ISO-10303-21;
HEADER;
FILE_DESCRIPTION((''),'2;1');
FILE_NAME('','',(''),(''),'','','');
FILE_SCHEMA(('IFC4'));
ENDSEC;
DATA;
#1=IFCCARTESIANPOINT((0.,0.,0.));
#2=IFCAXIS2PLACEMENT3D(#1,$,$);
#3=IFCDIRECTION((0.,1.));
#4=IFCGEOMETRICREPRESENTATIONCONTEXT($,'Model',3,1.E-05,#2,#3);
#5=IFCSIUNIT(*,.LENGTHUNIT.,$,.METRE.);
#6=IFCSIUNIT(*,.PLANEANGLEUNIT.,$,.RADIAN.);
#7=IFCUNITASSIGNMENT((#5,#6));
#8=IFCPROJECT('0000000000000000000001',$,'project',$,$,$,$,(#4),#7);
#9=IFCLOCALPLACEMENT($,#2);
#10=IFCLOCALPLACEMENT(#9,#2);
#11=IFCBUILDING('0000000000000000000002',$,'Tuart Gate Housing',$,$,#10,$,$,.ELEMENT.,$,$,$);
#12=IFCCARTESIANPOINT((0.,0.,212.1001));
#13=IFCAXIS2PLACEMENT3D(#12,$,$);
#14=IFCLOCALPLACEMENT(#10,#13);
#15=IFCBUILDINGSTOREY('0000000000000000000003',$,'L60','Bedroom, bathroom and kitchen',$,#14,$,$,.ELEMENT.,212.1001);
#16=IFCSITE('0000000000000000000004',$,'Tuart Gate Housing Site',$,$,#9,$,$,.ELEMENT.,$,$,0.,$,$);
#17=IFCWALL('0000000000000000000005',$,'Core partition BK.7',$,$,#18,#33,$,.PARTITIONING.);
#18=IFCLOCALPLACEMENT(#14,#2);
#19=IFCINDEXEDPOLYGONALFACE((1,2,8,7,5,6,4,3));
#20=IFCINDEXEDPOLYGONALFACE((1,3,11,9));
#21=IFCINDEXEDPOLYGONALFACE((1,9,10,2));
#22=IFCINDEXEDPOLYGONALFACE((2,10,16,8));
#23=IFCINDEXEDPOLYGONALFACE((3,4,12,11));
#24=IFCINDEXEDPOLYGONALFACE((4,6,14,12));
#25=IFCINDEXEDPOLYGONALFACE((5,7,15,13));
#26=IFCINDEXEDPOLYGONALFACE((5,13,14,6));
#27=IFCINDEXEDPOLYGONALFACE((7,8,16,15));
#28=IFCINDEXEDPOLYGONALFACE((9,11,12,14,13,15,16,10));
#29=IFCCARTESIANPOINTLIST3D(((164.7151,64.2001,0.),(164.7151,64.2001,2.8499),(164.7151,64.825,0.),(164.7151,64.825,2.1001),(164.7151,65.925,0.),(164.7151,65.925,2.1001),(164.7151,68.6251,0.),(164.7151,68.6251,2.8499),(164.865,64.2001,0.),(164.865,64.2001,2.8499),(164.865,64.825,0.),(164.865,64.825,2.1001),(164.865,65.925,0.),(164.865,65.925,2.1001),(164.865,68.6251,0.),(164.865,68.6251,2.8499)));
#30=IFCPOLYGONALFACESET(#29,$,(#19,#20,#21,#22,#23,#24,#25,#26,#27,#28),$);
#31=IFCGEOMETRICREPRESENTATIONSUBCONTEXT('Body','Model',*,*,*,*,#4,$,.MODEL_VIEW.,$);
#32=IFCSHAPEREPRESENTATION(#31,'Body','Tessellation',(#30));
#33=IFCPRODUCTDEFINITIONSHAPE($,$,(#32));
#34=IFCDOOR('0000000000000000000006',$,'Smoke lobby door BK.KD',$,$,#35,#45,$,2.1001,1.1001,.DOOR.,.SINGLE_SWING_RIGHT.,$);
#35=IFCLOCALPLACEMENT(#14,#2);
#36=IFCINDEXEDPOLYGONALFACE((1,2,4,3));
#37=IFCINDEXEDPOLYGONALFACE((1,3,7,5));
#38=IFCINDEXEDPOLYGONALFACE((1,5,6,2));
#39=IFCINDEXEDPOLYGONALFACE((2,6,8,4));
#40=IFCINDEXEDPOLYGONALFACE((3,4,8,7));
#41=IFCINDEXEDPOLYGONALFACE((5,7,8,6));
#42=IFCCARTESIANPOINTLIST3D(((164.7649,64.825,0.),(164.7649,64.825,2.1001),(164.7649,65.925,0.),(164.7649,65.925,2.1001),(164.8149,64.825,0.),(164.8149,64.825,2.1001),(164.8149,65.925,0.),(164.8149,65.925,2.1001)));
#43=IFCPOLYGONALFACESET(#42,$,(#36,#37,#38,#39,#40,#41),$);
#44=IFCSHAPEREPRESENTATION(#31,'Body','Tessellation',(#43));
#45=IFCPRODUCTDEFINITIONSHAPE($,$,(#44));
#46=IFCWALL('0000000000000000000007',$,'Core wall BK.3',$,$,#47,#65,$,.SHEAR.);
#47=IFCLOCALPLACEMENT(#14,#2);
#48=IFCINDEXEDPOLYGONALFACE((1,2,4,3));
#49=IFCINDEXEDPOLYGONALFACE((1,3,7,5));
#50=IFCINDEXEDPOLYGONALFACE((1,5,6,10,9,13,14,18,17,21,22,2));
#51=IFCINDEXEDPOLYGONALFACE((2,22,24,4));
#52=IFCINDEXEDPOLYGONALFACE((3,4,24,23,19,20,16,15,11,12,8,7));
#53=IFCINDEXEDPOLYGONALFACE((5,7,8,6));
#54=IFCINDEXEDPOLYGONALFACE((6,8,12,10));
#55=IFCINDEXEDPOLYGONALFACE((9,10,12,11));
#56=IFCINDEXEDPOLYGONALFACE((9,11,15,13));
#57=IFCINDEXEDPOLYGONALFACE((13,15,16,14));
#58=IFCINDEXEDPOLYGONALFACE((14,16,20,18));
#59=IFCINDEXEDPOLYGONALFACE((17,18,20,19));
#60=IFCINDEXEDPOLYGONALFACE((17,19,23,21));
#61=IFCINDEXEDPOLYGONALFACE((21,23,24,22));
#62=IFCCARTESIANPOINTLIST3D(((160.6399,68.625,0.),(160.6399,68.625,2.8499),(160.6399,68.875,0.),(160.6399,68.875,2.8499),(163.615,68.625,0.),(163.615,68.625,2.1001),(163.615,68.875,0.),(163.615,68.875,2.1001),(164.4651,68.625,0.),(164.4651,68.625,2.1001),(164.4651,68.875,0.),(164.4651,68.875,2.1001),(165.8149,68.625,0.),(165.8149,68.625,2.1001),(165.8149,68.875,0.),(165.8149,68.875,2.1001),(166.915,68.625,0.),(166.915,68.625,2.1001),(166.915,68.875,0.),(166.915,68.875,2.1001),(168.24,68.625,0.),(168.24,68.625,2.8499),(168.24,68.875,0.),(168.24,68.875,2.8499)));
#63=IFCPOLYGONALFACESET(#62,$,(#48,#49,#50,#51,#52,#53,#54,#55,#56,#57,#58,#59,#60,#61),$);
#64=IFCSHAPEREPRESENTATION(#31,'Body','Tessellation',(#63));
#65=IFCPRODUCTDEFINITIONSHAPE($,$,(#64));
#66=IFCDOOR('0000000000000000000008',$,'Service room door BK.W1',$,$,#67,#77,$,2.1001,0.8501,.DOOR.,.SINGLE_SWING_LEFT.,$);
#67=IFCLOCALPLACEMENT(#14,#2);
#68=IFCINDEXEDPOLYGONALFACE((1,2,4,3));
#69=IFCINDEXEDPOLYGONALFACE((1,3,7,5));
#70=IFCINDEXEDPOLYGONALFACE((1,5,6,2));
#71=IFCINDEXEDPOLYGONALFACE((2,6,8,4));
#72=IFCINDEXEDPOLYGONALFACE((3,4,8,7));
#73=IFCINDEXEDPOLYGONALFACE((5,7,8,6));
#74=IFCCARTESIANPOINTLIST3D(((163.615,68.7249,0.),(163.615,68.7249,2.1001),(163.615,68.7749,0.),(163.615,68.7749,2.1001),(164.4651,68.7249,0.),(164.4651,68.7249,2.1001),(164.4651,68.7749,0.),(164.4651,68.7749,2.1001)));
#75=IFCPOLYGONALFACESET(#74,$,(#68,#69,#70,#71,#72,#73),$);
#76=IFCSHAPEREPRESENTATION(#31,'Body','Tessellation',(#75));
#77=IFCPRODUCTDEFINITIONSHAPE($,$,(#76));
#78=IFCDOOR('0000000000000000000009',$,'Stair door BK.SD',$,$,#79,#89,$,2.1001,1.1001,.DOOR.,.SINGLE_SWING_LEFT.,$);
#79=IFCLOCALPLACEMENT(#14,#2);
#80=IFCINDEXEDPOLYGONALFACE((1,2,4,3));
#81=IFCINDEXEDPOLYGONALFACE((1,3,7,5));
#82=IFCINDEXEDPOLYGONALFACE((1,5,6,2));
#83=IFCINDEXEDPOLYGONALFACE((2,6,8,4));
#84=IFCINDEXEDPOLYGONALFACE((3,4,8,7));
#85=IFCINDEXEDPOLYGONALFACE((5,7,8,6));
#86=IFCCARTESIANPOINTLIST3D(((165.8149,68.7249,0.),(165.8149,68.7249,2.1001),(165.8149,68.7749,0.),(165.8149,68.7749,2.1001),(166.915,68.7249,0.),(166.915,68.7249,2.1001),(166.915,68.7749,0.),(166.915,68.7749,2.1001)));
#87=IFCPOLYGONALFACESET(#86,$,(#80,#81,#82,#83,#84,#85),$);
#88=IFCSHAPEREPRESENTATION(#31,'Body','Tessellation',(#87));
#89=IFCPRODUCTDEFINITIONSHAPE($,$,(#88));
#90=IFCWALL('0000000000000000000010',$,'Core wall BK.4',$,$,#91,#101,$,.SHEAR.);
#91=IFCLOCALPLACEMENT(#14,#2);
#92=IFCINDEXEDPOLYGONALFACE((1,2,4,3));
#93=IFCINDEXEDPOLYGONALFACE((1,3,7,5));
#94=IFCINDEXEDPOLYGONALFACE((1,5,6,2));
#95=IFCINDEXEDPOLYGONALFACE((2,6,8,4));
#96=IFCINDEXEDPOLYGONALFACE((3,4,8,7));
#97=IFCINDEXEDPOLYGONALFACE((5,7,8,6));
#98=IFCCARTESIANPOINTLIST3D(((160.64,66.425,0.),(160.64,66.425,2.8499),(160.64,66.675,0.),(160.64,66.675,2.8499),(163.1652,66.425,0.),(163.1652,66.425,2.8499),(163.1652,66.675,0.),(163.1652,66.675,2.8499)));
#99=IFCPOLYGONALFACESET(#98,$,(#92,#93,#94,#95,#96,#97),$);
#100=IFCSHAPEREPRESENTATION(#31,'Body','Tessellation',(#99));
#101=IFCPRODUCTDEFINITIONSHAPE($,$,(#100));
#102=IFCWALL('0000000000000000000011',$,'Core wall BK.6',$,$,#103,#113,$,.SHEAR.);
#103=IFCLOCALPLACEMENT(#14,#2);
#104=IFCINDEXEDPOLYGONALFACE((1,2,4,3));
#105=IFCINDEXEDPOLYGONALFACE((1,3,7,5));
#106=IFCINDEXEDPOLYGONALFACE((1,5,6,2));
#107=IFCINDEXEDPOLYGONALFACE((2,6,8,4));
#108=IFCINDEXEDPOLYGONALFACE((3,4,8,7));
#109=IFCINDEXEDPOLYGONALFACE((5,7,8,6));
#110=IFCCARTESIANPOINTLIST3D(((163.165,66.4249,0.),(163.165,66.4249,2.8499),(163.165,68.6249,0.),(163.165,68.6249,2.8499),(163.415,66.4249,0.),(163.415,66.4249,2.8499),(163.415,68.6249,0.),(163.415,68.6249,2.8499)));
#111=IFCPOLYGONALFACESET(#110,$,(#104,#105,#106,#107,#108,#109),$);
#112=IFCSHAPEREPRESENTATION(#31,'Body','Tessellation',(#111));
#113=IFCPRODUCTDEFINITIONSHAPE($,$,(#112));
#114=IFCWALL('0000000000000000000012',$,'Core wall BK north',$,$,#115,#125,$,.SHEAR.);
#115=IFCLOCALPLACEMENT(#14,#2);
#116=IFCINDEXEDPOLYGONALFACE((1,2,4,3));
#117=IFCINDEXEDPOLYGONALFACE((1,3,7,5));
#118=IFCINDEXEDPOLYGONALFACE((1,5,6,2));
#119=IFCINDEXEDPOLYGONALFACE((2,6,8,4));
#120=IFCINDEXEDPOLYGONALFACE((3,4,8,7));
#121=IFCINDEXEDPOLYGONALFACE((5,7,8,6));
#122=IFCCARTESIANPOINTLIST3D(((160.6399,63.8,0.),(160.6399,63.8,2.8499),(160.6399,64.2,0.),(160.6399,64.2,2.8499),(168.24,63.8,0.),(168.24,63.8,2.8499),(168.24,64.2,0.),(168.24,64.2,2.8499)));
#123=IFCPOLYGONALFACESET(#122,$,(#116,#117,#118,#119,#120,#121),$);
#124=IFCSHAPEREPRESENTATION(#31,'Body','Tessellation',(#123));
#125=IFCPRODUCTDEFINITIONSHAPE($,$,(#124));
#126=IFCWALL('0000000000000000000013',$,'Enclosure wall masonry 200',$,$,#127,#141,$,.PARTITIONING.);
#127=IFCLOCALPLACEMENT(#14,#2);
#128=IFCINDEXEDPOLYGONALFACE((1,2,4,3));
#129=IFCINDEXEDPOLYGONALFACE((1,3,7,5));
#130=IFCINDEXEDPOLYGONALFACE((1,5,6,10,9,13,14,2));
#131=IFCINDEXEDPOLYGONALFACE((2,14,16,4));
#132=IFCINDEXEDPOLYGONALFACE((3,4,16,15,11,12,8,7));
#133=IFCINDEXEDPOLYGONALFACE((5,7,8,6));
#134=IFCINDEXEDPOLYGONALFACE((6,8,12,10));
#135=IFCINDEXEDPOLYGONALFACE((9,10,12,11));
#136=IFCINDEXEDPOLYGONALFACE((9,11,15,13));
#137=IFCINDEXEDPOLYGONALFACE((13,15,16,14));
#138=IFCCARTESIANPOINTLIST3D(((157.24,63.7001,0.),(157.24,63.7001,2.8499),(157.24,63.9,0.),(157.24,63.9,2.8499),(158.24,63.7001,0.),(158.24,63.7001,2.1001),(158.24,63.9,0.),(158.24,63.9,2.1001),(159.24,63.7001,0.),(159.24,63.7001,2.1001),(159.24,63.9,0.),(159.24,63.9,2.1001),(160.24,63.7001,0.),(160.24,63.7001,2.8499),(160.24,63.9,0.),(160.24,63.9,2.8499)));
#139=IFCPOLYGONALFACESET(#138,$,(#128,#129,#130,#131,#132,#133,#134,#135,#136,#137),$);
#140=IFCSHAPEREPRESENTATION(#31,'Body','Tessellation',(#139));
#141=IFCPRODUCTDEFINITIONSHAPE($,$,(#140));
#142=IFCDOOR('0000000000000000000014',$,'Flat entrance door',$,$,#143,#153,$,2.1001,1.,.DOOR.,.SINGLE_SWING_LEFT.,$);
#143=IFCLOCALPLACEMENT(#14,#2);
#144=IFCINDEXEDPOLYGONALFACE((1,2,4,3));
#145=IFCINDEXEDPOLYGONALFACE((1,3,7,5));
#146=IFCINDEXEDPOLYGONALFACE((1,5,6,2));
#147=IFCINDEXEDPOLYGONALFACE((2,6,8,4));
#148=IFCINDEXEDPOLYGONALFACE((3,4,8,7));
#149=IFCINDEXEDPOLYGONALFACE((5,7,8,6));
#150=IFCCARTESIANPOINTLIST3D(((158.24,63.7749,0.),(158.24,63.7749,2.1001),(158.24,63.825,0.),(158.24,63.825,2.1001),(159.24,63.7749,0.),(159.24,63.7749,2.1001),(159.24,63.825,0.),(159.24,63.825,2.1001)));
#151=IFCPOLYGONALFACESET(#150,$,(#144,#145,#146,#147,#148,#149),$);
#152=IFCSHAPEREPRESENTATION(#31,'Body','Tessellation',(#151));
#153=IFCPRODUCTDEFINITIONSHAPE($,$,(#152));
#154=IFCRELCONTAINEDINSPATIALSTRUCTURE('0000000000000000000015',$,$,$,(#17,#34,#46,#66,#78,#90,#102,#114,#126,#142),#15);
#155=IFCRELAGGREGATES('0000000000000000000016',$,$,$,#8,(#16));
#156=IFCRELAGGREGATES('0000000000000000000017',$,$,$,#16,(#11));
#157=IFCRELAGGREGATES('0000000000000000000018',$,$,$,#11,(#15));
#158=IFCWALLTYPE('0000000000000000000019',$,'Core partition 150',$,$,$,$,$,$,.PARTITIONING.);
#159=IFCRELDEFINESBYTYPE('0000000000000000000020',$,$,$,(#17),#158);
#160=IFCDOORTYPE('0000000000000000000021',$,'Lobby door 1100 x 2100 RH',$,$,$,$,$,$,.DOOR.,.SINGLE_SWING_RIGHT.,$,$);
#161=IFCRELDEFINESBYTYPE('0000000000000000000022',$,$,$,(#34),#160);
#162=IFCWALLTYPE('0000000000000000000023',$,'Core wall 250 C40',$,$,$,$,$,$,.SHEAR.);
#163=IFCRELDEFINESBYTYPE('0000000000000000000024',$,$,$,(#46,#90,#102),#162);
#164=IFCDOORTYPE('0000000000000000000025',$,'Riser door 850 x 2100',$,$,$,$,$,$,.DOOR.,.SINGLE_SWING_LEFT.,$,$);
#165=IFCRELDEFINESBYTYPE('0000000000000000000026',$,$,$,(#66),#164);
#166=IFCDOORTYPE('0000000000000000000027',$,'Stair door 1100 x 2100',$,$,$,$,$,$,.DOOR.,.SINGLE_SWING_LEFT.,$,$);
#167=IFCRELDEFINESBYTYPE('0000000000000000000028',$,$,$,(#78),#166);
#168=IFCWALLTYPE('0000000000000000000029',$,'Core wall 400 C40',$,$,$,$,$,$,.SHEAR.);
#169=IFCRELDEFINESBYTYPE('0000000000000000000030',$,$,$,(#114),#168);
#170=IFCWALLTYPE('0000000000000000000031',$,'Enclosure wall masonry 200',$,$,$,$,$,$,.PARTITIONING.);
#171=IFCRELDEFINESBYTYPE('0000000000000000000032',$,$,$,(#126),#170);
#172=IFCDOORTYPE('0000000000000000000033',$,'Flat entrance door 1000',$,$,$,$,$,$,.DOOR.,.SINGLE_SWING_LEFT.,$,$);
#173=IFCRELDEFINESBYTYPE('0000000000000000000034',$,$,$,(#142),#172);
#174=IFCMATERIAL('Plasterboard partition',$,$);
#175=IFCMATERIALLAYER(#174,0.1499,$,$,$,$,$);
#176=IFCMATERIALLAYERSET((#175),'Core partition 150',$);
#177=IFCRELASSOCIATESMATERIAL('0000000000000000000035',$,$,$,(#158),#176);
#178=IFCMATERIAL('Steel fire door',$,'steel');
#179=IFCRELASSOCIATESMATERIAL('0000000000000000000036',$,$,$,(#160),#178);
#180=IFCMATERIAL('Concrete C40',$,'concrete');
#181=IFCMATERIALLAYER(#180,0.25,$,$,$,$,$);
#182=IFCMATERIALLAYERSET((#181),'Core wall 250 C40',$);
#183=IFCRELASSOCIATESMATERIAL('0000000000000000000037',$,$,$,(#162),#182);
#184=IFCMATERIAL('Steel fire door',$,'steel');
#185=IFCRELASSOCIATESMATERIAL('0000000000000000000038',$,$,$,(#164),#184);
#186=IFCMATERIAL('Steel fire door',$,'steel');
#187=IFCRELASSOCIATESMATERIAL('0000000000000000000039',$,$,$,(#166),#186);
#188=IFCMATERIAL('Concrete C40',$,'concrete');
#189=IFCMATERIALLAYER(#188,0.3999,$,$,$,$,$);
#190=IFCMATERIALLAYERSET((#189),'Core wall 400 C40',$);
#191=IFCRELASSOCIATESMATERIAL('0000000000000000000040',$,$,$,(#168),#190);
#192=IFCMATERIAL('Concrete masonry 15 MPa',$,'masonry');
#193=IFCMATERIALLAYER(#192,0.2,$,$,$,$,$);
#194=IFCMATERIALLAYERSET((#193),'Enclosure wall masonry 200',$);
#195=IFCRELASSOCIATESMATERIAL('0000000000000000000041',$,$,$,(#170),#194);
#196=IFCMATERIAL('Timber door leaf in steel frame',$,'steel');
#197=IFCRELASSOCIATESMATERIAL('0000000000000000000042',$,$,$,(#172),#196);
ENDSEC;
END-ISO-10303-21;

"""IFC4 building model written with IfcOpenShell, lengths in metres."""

from ifc_helpers import new_model, si_unit, direction, frame, frame_2d, origin, place, context, subcontext, project, spatial, rectangle, extrude, material, layer, layer_set, type_object, element, fill, save


model = new_model("IFC4")

# Units and contexts
model_context = context("Model", 3, precision=1e-05, world=origin(), true_north=direction((0.0, 1.0)))
body_context = subcontext(model_context, "Body", "Model", "MODEL_VIEW")
ifc_project = project(units=[si_unit("LENGTHUNIT", "METRE"), si_unit("PLANEANGLEUNIT", "RADIAN")], contexts=[model_context])

# Site, building, storey
site_placement = place(None, origin())
site = spatial("IfcSite", under=ifc_project, at=site_placement, Name="Tuart Gate Housing Site", CompositionType="ELEMENT", RefElevation=0.0)
building_placement = place(site_placement, origin())
building = spatial("IfcBuilding", under=site, at=building_placement, Name="Tuart Gate Housing", CompositionType="ELEMENT")
storey_placement = place(building_placement, frame((0.0, 0.0, 212.1001)))
storey = spatial("IfcBuildingStorey", under=building, at=storey_placement, Name="L60", Description="Bedroom, bathroom and kitchen", CompositionType="ELEMENT", Elevation=212.1001)

# Wall, opening, door
ifc_material_1 = material(Name="Plasterboard partition")
ifc_layer_1 = layer(ifc_material_1, 0.1499)
ifc_layer_set_1 = layer_set([ifc_layer_1], Name="Core partition 150")
wall_type_1 = type_object("IfcWallType", Name="Core partition 150", PredefinedType="PARTITIONING", material=ifc_layer_set_1)
wall_1_placement = place(storey_placement, frame((164.79, 68.625, 0.0), z_axis=(0.0, 0.0, 1.0), x_axis=(0.0, -1.0, 0.0)))
wall_1 = element("IfcWall", 1, at=wall_1_placement, inside=storey, type_object=wall_type_1, Name="Core partition BK.7", PredefinedType="PARTITIONING", context=body_context, shape_type="SweptSolid", body=[
    extrude(rectangle(XDim=4.425, YDim=0.1499, at=frame_2d((2.2124, 0.0))), origin(), (0.0, 0.0, 1.0), 2.8499),
])
opening_1_placement = place(wall_1_placement, frame((2.7, 0.0, 0.0)))
opening_1 = element("IfcOpeningElement", 2, at=opening_1_placement, cuts=wall_1, PredefinedType="OPENING", context=body_context, shape_type="SweptSolid", body=[
    extrude(rectangle(XDim=1.1001, YDim=2.1001, at=frame_2d((0.55, 1.05))), frame((0.0, 0.085, 0.0), z_axis=(0.0, -1.0, 0.0), x_axis=(1.0, 0.0, 0.0)), (0.0, 0.0, 1.0), 0.1699),
])
ifc_material_2 = material(Name="Steel fire door", Category="steel")
door_type_1 = type_object("IfcDoorType", Name="Lobby door 1100 x 2100 RH", OperationType="SINGLE_SWING_RIGHT", PredefinedType="DOOR", material=ifc_material_2)
door_1_placement = place(opening_1_placement, origin())
door_1 = element("IfcDoor", 3, at=door_1_placement, inside=storey, type_object=door_type_1, Name="Smoke lobby door BK.KD", OperationType="SINGLE_SWING_RIGHT", OverallHeight=2.1001, OverallWidth=1.1001, PredefinedType="DOOR", context=body_context, shape_type="SweptSolid", body=[
    extrude(rectangle(XDim=1.1001, YDim=2.1001, at=frame_2d((0.55, 1.05))), frame((0.0, 0.0249, 0.0), z_axis=(0.0, -1.0, 0.0), x_axis=(1.0, 0.0, 0.0)), (0.0, 0.0, 1.0), 0.05),
])
fill(opening_1, door_1)

# Wall, openings, doors
ifc_material_3 = material(Name="Concrete C40", Category="concrete")
ifc_layer_2 = layer(ifc_material_3, 0.25)
ifc_layer_set_2 = layer_set([ifc_layer_2], Name="Core wall 250 C40")
wall_type_2 = type_object("IfcWallType", Name="Core wall 250 C40", PredefinedType="SHEAR", material=ifc_layer_set_2)
wall_2_placement = place(storey_placement, frame((160.6399, 68.75, 0.0), z_axis=(0.0, 0.0, 1.0), x_axis=(1.0, 0.0, 0.0)))
wall_2 = element("IfcWall", 4, at=wall_2_placement, inside=storey, type_object=wall_type_2, Name="Core wall BK.3", PredefinedType="SHEAR", context=body_context, shape_type="SweptSolid", body=[
    extrude(rectangle(XDim=7.6001, YDim=0.25, at=frame_2d((3.8, 0.0))), origin(), (0.0, 0.0, 1.0), 2.8499),
])
opening_2_placement = place(wall_2_placement, frame((5.175, 0.0, 0.0)))
opening_2 = element("IfcOpeningElement", 5, at=opening_2_placement, cuts=wall_2, PredefinedType="OPENING", context=body_context, shape_type="SweptSolid", body=[
    extrude(rectangle(XDim=1.1001, YDim=2.1001, at=frame_2d((0.55, 1.05))), frame((0.0, 0.135, 0.0), z_axis=(0.0, -1.0, 0.0), x_axis=(1.0, 0.0, 0.0)), (0.0, 0.0, 1.0), 0.27),
])
opening_3_placement = place(wall_2_placement, frame((2.9751, 0.0, 0.0)))
opening_3 = element("IfcOpeningElement", 6, at=opening_3_placement, cuts=wall_2, PredefinedType="OPENING", context=body_context, shape_type="SweptSolid", body=[
    extrude(rectangle(XDim=0.8501, YDim=2.1001, at=frame_2d((0.425, 1.05))), frame((0.0, 0.135, 0.0), z_axis=(0.0, -1.0, 0.0), x_axis=(1.0, 0.0, 0.0)), (0.0, 0.0, 1.0), 0.27),
])
ifc_material_4 = material(Name="Steel fire door", Category="steel")
door_type_2 = type_object("IfcDoorType", Name="Riser door 850 x 2100", OperationType="SINGLE_SWING_LEFT", PredefinedType="DOOR", material=ifc_material_4)
door_2_placement = place(opening_3_placement, origin())
door_2 = element("IfcDoor", 7, at=door_2_placement, inside=storey, type_object=door_type_2, Name="Service room door BK.W1", OperationType="SINGLE_SWING_LEFT", OverallHeight=2.1001, OverallWidth=0.8501, PredefinedType="DOOR", context=body_context, shape_type="SweptSolid", body=[
    extrude(rectangle(XDim=0.8501, YDim=2.1001, at=frame_2d((0.425, 1.05))), frame((0.0, 0.0249, 0.0), z_axis=(0.0, -1.0, 0.0), x_axis=(1.0, 0.0, 0.0)), (0.0, 0.0, 1.0), 0.05),
])
fill(opening_3, door_2)
ifc_material_5 = material(Name="Steel fire door", Category="steel")
door_type_3 = type_object("IfcDoorType", Name="Stair door 1100 x 2100", OperationType="SINGLE_SWING_LEFT", PredefinedType="DOOR", material=ifc_material_5)
door_3_placement = place(opening_2_placement, origin())
door_3 = element("IfcDoor", 8, at=door_3_placement, inside=storey, type_object=door_type_3, Name="Stair door BK.SD", OperationType="SINGLE_SWING_LEFT", OverallHeight=2.1001, OverallWidth=1.1001, PredefinedType="DOOR", context=body_context, shape_type="SweptSolid", body=[
    extrude(rectangle(XDim=1.1001, YDim=2.1001, at=frame_2d((0.55, 1.05))), frame((0.0, 0.0249, 0.0), z_axis=(0.0, -1.0, 0.0), x_axis=(1.0, 0.0, 0.0)), (0.0, 0.0, 1.0), 0.05),
])
fill(opening_2, door_3)

# Walls
wall_3_placement = place(storey_placement, frame((160.6399, 66.55, 0.0), z_axis=(0.0, 0.0, 1.0), x_axis=(1.0, 0.0, 0.0)))
element("IfcWall", 9, at=wall_3_placement, inside=storey, type_object=wall_type_2, Name="Core wall BK.4", PredefinedType="SHEAR", context=body_context, shape_type="SweptSolid", body=[
    extrude(rectangle(XDim=2.5251, YDim=0.25, at=frame_2d((1.2627, 0.0))), origin(), (0.0, 0.0, 1.0), 2.8499),
])
wall_4_placement = place(storey_placement, frame((163.29, 68.625, 0.0), z_axis=(0.0, 0.0, 1.0), x_axis=(0.0, -1.0, 0.0)))
element("IfcWall", 10, at=wall_4_placement, inside=storey, type_object=wall_type_2, Name="Core wall BK.6", PredefinedType="SHEAR", context=body_context, shape_type="SweptSolid", body=[
    extrude(rectangle(XDim=2.2, YDim=0.25, at=frame_2d((1.1001, 0.0))), origin(), (0.0, 0.0, 1.0), 2.8499),
])
ifc_material_6 = material(Name="Concrete C40", Category="concrete")
ifc_layer_3 = layer(ifc_material_6, 0.3999)
ifc_layer_set_3 = layer_set([ifc_layer_3], Name="Core wall 400 C40")
wall_type_3 = type_object("IfcWallType", Name="Core wall 400 C40", PredefinedType="SHEAR", material=ifc_layer_set_3)
wall_5_placement = place(storey_placement, frame((160.6399, 64.0, 0.0), z_axis=(0.0, 0.0, 1.0), x_axis=(1.0, 0.0, 0.0)))
element("IfcWall", 11, at=wall_5_placement, inside=storey, type_object=wall_type_3, Name="Core wall BK north", PredefinedType="SHEAR", context=body_context, shape_type="SweptSolid", body=[
    extrude(rectangle(XDim=7.6001, YDim=0.3999, at=frame_2d((3.8, 0.0))), origin(), (0.0, 0.0, 1.0), 2.8499),
])

# Wall, opening, door
ifc_material_7 = material(Name="Concrete masonry 15 MPa", Category="masonry")
ifc_layer_4 = layer(ifc_material_7, 0.2)
ifc_layer_set_4 = layer_set([ifc_layer_4], Name="Enclosure wall masonry 200")
wall_type_4 = type_object("IfcWallType", Name="Enclosure wall masonry 200", PredefinedType="PARTITIONING", material=ifc_layer_set_4)
wall_6_placement = place(storey_placement, frame((157.24, 63.8, 0.0), z_axis=(0.0, 0.0, 1.0), x_axis=(1.0, 0.0, 0.0)))
wall_6 = element("IfcWall", 12, at=wall_6_placement, inside=storey, type_object=wall_type_4, Name="Enclosure wall masonry 200", PredefinedType="PARTITIONING", context=body_context, shape_type="SweptSolid", body=[
    extrude(rectangle(XDim=3.0, YDim=0.2, at=frame_2d((1.5, 0.0))), origin(), (0.0, 0.0, 1.0), 2.8499),
])
opening_4_placement = place(wall_6_placement, frame((1.0, 0.0, 0.0)))
opening_4 = element("IfcOpeningElement", 13, at=opening_4_placement, cuts=wall_6, PredefinedType="OPENING", context=body_context, shape_type="SweptSolid", body=[
    extrude(rectangle(XDim=1.0, YDim=2.1001, at=frame_2d((0.5, 1.05))), frame((0.0, 0.1099, 0.0), z_axis=(0.0, -1.0, 0.0), x_axis=(1.0, 0.0, 0.0)), (0.0, 0.0, 1.0), 0.22),
])
ifc_material_8 = material(Name="Timber door leaf in steel frame", Category="steel")
door_type_4 = type_object("IfcDoorType", Name="Flat entrance door 1000", OperationType="SINGLE_SWING_LEFT", PredefinedType="DOOR", material=ifc_material_8)
door_4_placement = place(opening_4_placement, frame((1.0, 0.0, 0.0), z_axis=(0.0, 0.0, 1.0), x_axis=(-1.0, 0.0, 0.0)))
door_4 = element("IfcDoor", 14, at=door_4_placement, inside=storey, type_object=door_type_4, Name="Flat entrance door", OperationType="SINGLE_SWING_LEFT", OverallHeight=2.1001, OverallWidth=1.0, PredefinedType="DOOR", context=body_context, shape_type="SweptSolid", body=[
    extrude(rectangle(XDim=1.0, YDim=2.1001, at=frame_2d((0.5, 1.05))), frame((0.0, 0.0251, 0.0), z_axis=(0.0, -1.0, 0.0), x_axis=(1.0, 0.0, 0.0)), (0.0, 0.0, 1.0), 0.05),
])
fill(opening_4, door_4)

save(model, "model.ifc")
